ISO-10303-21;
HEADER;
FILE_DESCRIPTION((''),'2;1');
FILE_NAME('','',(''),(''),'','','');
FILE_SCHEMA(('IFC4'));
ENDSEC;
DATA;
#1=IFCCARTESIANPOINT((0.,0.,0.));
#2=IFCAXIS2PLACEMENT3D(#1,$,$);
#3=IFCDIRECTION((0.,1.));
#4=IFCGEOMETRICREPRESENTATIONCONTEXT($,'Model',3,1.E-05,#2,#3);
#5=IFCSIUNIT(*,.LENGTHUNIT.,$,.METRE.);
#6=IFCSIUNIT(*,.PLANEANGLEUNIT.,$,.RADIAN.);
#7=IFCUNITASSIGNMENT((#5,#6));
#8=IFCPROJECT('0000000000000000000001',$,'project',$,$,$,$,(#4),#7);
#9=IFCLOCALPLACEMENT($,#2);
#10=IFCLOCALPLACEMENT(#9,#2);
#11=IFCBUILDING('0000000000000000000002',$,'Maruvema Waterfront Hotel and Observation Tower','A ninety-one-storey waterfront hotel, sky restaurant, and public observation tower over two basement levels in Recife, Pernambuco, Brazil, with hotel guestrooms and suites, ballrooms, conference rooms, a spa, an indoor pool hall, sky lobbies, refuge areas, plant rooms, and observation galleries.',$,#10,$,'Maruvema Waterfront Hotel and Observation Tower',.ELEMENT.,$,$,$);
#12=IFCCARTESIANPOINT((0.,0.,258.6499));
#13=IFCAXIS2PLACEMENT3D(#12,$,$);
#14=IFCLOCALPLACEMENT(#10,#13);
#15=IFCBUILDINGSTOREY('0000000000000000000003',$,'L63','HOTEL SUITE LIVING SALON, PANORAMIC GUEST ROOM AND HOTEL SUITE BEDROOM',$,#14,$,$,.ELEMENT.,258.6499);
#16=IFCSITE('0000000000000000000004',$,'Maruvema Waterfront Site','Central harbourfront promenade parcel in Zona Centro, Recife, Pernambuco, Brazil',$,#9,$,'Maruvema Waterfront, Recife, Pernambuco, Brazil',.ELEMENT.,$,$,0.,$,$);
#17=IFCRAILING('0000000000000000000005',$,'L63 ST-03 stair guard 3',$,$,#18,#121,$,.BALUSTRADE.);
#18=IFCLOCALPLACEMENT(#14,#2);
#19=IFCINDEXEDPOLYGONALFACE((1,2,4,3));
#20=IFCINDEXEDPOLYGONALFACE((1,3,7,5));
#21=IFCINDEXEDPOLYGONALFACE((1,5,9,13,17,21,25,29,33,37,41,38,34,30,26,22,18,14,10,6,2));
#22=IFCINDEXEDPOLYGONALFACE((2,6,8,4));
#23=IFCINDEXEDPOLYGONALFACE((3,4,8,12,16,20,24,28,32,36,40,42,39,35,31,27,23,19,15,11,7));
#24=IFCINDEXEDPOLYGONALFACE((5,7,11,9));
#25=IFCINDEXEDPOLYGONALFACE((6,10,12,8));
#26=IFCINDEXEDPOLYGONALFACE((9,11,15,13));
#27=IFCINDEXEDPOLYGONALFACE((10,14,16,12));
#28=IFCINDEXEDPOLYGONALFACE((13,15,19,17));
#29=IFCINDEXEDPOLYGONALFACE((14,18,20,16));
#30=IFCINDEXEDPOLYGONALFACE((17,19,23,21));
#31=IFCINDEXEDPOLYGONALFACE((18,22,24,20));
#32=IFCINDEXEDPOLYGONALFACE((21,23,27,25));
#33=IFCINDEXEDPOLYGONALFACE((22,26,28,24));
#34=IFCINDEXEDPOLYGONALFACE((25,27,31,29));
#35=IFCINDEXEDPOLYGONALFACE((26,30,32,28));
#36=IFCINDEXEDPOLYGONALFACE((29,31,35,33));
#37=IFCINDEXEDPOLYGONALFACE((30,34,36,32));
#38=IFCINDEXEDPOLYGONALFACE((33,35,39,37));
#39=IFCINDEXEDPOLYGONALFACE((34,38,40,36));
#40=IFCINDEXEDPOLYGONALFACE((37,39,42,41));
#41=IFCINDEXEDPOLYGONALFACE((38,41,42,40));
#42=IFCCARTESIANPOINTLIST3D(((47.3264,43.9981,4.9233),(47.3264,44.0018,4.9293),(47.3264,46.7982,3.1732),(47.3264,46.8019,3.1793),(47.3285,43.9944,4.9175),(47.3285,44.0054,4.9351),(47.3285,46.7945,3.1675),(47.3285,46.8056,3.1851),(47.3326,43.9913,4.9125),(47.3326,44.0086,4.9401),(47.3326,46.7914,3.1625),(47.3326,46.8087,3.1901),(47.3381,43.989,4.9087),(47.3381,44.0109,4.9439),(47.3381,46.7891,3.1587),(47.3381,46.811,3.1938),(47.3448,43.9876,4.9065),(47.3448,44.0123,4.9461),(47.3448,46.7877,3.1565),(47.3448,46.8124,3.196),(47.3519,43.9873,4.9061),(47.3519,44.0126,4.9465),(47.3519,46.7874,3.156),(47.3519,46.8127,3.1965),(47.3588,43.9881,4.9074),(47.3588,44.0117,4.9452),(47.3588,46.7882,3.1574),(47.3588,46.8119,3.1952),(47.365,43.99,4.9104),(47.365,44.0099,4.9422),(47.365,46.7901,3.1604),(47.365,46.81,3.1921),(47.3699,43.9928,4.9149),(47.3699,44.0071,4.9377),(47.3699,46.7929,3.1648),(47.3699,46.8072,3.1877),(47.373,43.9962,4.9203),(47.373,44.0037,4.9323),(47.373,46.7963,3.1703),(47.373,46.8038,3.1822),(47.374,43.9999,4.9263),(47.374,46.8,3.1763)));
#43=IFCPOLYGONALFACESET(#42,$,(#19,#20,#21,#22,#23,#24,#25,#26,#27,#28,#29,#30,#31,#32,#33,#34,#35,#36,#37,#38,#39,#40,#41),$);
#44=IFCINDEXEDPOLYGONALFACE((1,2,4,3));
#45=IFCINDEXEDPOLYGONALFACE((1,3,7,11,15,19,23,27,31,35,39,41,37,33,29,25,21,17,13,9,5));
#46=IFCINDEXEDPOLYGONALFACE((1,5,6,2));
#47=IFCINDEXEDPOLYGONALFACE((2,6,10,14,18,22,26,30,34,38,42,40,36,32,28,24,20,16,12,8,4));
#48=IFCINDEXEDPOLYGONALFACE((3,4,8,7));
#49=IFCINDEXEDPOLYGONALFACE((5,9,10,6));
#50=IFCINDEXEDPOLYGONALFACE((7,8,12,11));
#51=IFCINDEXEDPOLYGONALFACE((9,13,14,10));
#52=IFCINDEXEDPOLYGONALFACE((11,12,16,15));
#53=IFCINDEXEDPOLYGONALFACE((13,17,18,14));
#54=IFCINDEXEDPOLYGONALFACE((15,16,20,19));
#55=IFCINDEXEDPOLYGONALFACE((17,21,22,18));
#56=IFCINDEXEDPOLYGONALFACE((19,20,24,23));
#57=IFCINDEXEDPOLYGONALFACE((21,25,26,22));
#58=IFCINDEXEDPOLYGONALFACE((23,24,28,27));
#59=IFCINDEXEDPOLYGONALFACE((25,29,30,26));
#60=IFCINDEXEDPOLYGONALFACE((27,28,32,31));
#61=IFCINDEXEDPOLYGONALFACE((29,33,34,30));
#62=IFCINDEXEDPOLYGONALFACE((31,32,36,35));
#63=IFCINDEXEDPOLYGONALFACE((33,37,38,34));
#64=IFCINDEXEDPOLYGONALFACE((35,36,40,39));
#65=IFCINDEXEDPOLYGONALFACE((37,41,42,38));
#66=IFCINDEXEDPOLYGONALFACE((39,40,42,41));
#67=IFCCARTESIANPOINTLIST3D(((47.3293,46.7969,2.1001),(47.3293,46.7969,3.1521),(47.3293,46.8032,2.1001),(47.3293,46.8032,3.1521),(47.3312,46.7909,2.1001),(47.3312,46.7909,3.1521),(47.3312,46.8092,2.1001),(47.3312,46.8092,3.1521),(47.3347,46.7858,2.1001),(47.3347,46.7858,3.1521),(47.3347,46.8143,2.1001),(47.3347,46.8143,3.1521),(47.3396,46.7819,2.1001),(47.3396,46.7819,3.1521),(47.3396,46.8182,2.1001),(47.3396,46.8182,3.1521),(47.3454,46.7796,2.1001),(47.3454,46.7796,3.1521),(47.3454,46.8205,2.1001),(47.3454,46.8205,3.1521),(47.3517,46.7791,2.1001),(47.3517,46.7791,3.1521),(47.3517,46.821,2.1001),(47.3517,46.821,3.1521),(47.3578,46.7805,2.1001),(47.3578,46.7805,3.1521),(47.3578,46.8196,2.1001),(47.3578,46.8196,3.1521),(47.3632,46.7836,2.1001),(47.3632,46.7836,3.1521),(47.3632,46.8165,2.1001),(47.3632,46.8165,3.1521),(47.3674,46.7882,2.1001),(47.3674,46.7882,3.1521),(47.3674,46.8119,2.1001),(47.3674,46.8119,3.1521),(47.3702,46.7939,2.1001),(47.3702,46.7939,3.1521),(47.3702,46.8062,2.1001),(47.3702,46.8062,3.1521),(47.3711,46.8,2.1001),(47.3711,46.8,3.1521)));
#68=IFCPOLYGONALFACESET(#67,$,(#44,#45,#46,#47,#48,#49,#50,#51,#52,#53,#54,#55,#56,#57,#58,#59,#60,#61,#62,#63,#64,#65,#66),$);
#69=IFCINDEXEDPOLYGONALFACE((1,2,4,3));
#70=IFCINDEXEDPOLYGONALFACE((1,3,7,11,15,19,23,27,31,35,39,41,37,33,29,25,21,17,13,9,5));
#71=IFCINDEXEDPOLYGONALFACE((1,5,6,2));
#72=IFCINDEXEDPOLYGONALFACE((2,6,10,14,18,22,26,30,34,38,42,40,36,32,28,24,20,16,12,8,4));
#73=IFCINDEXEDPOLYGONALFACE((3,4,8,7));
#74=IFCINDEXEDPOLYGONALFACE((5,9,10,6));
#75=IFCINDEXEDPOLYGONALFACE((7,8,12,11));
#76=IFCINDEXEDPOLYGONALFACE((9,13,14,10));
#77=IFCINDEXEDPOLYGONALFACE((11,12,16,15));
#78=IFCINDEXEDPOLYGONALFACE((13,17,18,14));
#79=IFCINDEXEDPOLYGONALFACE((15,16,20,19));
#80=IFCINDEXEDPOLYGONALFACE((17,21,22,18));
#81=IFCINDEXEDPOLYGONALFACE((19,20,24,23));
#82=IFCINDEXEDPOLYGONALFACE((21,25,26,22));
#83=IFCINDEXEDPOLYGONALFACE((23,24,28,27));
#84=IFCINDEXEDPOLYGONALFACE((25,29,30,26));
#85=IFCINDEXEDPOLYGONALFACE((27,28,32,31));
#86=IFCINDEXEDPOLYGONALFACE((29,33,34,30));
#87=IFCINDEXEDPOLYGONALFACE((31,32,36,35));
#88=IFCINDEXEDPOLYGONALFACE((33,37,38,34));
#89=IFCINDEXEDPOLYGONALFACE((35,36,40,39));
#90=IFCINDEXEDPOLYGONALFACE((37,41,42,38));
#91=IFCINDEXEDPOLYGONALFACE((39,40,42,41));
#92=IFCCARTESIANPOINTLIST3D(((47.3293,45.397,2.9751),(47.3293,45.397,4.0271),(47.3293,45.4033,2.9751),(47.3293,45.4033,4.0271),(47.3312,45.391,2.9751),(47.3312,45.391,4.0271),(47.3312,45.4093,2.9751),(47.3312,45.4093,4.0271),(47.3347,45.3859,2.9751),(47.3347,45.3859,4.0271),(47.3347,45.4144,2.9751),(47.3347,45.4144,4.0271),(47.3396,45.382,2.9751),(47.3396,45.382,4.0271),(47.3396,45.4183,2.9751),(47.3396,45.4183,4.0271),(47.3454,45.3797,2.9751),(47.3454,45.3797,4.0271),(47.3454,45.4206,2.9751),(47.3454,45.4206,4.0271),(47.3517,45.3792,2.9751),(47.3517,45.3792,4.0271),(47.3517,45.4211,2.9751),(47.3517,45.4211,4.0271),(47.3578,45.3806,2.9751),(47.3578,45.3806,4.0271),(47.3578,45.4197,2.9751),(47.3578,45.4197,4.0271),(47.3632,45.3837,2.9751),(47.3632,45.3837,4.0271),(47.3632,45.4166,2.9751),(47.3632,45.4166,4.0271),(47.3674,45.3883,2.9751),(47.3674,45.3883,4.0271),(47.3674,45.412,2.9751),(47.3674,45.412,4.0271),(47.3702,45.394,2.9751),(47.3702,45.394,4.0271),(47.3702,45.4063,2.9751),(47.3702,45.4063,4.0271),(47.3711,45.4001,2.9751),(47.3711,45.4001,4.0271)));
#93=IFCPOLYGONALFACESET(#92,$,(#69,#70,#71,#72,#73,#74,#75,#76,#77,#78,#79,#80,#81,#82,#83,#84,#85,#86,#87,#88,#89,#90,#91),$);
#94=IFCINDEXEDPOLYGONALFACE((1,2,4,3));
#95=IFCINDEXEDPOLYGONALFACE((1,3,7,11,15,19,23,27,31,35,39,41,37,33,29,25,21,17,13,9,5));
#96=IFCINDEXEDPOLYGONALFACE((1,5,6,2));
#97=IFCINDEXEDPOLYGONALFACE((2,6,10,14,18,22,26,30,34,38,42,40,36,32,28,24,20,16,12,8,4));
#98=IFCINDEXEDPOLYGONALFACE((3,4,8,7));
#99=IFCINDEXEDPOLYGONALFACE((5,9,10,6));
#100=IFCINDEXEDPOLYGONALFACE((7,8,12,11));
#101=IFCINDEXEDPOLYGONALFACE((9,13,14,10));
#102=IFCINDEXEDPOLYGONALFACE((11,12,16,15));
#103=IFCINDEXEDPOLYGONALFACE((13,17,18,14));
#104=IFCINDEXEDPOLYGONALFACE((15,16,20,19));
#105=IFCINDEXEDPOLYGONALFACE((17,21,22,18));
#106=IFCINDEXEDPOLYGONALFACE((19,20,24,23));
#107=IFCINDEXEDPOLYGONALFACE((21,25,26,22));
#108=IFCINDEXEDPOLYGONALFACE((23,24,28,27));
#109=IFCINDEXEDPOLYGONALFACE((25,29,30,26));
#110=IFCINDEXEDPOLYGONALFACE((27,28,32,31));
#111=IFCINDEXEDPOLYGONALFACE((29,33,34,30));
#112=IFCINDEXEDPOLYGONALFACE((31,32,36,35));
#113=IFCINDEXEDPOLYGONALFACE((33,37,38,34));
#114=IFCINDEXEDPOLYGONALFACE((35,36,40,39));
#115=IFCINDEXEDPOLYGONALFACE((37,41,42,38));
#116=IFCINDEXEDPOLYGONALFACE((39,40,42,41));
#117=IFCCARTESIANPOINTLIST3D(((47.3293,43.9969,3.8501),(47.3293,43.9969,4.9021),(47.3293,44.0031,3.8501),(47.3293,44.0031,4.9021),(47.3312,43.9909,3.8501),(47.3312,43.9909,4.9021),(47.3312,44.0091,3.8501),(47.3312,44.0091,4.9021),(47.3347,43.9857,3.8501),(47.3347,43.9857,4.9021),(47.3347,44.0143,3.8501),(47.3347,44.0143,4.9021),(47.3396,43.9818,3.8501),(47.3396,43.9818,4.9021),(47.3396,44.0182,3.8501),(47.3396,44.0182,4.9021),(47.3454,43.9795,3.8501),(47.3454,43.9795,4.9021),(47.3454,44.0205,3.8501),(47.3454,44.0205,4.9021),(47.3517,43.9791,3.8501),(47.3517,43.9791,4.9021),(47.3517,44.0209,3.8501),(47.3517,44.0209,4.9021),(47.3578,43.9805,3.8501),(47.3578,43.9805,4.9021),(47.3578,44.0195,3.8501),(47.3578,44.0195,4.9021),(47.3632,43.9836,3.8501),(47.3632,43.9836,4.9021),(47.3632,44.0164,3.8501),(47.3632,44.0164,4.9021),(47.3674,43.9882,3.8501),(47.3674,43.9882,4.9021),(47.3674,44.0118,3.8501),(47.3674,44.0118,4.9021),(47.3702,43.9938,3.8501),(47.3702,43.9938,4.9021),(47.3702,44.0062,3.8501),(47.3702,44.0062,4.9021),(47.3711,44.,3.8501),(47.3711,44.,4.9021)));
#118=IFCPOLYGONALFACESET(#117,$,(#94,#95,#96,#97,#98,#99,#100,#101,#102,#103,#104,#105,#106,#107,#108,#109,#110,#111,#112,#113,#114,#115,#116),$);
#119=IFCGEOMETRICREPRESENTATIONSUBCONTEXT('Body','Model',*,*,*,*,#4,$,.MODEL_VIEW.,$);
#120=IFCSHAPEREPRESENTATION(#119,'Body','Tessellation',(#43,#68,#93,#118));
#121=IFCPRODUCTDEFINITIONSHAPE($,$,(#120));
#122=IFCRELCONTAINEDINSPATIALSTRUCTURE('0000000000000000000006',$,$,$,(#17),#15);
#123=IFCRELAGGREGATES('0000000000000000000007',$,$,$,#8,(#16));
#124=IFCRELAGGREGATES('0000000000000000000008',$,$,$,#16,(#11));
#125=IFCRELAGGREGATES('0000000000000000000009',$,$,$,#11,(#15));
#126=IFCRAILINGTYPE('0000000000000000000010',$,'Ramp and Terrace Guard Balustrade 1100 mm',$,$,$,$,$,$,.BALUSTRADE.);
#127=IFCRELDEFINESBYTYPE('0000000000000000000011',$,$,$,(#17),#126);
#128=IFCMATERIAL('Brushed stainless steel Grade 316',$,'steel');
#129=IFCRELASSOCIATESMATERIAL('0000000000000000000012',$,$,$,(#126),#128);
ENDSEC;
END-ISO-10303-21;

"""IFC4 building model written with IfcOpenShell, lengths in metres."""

from ifc_helpers import new_model, si_unit, direction, frame, origin, origin_2d, place, context, subcontext, project, spatial, circle, extrude, material, type_object, element, save


model = new_model("IFC4")

# Units and contexts
model_context = context("Model", 3, precision=1e-05, world=origin(), true_north=direction((0.0, 1.0)))
body_context = subcontext(model_context, "Body", "Model", "MODEL_VIEW")
ifc_project = project(units=[si_unit("LENGTHUNIT", "METRE"), si_unit("PLANEANGLEUNIT", "RADIAN")], contexts=[model_context])

# Site, building, storey
site_placement = place(None, origin())
site = spatial("IfcSite", under=ifc_project, at=site_placement, Name="Maruvema Waterfront Site", Description="Central harbourfront promenade parcel in Zona Centro, Recife, Pernambuco, Brazil", LongName="Maruvema Waterfront, Recife, Pernambuco, Brazil", CompositionType="ELEMENT", RefElevation=0.0)
building_placement = place(site_placement, origin())
building = spatial("IfcBuilding", under=site, at=building_placement, Name="Maruvema Waterfront Hotel and Observation Tower", Description="A ninety-one-storey waterfront hotel, sky restaurant, and public observation tower over two basement levels in Recife, Pernambuco, Brazil, with hotel guestrooms and suites, ballrooms, conference rooms, a spa, an indoor pool hall, sky lobbies, refuge areas, plant rooms, and observation galleries.", LongName="Maruvema Waterfront Hotel and Observation Tower", CompositionType="ELEMENT")
storey_placement = place(building_placement, frame((0.0, 0.0, 258.6499)))
storey = spatial("IfcBuildingStorey", under=building, at=storey_placement, Name="L63", Description="HOTEL SUITE LIVING SALON, PANORAMIC GUEST ROOM AND HOTEL SUITE BEDROOM", CompositionType="ELEMENT", Elevation=258.6499)

# Railing
ifc_material_1 = material(Name="Brushed stainless steel Grade 316", Category="steel")
railing_type_1 = type_object("IfcRailingType", Name="Ramp and Terrace Guard Balustrade 1100 mm", PredefinedType="BALUSTRADE", material=ifc_material_1)
railing_1_placement = place(storey_placement, frame((47.3501, 46.8, 2.1001)))
element("IfcRailing", 1, at=railing_1_placement, inside=storey, type_object=railing_type_1, Name="L63 ST-03 stair guard 3", PredefinedType="BALUSTRADE", context=body_context, shape_type="SweptSolid", body=[
    extrude(circle(Radius=0.0239, at=origin_2d()), frame((0.0, 0.0, 1.0762), z_axis=(0.0, -0.848002, 0.529992), x_axis=(1.0, 0.0, 0.0)), (0.0, 0.0, 1.0), 3.302),
    extrude(circle(Radius=0.021, at=origin_2d()), origin(), (0.0, 0.0, 1.0), 1.052),
    extrude(circle(Radius=0.021, at=origin_2d()), frame((0.0, -1.3999, 0.875)), (0.0, 0.0, 1.0), 1.052),
    extrude(circle(Radius=0.021, at=origin_2d()), frame((0.0, -2.8, 1.75)), (0.0, 0.0, 1.0), 1.052),
])

save(model, "model.ifc")
